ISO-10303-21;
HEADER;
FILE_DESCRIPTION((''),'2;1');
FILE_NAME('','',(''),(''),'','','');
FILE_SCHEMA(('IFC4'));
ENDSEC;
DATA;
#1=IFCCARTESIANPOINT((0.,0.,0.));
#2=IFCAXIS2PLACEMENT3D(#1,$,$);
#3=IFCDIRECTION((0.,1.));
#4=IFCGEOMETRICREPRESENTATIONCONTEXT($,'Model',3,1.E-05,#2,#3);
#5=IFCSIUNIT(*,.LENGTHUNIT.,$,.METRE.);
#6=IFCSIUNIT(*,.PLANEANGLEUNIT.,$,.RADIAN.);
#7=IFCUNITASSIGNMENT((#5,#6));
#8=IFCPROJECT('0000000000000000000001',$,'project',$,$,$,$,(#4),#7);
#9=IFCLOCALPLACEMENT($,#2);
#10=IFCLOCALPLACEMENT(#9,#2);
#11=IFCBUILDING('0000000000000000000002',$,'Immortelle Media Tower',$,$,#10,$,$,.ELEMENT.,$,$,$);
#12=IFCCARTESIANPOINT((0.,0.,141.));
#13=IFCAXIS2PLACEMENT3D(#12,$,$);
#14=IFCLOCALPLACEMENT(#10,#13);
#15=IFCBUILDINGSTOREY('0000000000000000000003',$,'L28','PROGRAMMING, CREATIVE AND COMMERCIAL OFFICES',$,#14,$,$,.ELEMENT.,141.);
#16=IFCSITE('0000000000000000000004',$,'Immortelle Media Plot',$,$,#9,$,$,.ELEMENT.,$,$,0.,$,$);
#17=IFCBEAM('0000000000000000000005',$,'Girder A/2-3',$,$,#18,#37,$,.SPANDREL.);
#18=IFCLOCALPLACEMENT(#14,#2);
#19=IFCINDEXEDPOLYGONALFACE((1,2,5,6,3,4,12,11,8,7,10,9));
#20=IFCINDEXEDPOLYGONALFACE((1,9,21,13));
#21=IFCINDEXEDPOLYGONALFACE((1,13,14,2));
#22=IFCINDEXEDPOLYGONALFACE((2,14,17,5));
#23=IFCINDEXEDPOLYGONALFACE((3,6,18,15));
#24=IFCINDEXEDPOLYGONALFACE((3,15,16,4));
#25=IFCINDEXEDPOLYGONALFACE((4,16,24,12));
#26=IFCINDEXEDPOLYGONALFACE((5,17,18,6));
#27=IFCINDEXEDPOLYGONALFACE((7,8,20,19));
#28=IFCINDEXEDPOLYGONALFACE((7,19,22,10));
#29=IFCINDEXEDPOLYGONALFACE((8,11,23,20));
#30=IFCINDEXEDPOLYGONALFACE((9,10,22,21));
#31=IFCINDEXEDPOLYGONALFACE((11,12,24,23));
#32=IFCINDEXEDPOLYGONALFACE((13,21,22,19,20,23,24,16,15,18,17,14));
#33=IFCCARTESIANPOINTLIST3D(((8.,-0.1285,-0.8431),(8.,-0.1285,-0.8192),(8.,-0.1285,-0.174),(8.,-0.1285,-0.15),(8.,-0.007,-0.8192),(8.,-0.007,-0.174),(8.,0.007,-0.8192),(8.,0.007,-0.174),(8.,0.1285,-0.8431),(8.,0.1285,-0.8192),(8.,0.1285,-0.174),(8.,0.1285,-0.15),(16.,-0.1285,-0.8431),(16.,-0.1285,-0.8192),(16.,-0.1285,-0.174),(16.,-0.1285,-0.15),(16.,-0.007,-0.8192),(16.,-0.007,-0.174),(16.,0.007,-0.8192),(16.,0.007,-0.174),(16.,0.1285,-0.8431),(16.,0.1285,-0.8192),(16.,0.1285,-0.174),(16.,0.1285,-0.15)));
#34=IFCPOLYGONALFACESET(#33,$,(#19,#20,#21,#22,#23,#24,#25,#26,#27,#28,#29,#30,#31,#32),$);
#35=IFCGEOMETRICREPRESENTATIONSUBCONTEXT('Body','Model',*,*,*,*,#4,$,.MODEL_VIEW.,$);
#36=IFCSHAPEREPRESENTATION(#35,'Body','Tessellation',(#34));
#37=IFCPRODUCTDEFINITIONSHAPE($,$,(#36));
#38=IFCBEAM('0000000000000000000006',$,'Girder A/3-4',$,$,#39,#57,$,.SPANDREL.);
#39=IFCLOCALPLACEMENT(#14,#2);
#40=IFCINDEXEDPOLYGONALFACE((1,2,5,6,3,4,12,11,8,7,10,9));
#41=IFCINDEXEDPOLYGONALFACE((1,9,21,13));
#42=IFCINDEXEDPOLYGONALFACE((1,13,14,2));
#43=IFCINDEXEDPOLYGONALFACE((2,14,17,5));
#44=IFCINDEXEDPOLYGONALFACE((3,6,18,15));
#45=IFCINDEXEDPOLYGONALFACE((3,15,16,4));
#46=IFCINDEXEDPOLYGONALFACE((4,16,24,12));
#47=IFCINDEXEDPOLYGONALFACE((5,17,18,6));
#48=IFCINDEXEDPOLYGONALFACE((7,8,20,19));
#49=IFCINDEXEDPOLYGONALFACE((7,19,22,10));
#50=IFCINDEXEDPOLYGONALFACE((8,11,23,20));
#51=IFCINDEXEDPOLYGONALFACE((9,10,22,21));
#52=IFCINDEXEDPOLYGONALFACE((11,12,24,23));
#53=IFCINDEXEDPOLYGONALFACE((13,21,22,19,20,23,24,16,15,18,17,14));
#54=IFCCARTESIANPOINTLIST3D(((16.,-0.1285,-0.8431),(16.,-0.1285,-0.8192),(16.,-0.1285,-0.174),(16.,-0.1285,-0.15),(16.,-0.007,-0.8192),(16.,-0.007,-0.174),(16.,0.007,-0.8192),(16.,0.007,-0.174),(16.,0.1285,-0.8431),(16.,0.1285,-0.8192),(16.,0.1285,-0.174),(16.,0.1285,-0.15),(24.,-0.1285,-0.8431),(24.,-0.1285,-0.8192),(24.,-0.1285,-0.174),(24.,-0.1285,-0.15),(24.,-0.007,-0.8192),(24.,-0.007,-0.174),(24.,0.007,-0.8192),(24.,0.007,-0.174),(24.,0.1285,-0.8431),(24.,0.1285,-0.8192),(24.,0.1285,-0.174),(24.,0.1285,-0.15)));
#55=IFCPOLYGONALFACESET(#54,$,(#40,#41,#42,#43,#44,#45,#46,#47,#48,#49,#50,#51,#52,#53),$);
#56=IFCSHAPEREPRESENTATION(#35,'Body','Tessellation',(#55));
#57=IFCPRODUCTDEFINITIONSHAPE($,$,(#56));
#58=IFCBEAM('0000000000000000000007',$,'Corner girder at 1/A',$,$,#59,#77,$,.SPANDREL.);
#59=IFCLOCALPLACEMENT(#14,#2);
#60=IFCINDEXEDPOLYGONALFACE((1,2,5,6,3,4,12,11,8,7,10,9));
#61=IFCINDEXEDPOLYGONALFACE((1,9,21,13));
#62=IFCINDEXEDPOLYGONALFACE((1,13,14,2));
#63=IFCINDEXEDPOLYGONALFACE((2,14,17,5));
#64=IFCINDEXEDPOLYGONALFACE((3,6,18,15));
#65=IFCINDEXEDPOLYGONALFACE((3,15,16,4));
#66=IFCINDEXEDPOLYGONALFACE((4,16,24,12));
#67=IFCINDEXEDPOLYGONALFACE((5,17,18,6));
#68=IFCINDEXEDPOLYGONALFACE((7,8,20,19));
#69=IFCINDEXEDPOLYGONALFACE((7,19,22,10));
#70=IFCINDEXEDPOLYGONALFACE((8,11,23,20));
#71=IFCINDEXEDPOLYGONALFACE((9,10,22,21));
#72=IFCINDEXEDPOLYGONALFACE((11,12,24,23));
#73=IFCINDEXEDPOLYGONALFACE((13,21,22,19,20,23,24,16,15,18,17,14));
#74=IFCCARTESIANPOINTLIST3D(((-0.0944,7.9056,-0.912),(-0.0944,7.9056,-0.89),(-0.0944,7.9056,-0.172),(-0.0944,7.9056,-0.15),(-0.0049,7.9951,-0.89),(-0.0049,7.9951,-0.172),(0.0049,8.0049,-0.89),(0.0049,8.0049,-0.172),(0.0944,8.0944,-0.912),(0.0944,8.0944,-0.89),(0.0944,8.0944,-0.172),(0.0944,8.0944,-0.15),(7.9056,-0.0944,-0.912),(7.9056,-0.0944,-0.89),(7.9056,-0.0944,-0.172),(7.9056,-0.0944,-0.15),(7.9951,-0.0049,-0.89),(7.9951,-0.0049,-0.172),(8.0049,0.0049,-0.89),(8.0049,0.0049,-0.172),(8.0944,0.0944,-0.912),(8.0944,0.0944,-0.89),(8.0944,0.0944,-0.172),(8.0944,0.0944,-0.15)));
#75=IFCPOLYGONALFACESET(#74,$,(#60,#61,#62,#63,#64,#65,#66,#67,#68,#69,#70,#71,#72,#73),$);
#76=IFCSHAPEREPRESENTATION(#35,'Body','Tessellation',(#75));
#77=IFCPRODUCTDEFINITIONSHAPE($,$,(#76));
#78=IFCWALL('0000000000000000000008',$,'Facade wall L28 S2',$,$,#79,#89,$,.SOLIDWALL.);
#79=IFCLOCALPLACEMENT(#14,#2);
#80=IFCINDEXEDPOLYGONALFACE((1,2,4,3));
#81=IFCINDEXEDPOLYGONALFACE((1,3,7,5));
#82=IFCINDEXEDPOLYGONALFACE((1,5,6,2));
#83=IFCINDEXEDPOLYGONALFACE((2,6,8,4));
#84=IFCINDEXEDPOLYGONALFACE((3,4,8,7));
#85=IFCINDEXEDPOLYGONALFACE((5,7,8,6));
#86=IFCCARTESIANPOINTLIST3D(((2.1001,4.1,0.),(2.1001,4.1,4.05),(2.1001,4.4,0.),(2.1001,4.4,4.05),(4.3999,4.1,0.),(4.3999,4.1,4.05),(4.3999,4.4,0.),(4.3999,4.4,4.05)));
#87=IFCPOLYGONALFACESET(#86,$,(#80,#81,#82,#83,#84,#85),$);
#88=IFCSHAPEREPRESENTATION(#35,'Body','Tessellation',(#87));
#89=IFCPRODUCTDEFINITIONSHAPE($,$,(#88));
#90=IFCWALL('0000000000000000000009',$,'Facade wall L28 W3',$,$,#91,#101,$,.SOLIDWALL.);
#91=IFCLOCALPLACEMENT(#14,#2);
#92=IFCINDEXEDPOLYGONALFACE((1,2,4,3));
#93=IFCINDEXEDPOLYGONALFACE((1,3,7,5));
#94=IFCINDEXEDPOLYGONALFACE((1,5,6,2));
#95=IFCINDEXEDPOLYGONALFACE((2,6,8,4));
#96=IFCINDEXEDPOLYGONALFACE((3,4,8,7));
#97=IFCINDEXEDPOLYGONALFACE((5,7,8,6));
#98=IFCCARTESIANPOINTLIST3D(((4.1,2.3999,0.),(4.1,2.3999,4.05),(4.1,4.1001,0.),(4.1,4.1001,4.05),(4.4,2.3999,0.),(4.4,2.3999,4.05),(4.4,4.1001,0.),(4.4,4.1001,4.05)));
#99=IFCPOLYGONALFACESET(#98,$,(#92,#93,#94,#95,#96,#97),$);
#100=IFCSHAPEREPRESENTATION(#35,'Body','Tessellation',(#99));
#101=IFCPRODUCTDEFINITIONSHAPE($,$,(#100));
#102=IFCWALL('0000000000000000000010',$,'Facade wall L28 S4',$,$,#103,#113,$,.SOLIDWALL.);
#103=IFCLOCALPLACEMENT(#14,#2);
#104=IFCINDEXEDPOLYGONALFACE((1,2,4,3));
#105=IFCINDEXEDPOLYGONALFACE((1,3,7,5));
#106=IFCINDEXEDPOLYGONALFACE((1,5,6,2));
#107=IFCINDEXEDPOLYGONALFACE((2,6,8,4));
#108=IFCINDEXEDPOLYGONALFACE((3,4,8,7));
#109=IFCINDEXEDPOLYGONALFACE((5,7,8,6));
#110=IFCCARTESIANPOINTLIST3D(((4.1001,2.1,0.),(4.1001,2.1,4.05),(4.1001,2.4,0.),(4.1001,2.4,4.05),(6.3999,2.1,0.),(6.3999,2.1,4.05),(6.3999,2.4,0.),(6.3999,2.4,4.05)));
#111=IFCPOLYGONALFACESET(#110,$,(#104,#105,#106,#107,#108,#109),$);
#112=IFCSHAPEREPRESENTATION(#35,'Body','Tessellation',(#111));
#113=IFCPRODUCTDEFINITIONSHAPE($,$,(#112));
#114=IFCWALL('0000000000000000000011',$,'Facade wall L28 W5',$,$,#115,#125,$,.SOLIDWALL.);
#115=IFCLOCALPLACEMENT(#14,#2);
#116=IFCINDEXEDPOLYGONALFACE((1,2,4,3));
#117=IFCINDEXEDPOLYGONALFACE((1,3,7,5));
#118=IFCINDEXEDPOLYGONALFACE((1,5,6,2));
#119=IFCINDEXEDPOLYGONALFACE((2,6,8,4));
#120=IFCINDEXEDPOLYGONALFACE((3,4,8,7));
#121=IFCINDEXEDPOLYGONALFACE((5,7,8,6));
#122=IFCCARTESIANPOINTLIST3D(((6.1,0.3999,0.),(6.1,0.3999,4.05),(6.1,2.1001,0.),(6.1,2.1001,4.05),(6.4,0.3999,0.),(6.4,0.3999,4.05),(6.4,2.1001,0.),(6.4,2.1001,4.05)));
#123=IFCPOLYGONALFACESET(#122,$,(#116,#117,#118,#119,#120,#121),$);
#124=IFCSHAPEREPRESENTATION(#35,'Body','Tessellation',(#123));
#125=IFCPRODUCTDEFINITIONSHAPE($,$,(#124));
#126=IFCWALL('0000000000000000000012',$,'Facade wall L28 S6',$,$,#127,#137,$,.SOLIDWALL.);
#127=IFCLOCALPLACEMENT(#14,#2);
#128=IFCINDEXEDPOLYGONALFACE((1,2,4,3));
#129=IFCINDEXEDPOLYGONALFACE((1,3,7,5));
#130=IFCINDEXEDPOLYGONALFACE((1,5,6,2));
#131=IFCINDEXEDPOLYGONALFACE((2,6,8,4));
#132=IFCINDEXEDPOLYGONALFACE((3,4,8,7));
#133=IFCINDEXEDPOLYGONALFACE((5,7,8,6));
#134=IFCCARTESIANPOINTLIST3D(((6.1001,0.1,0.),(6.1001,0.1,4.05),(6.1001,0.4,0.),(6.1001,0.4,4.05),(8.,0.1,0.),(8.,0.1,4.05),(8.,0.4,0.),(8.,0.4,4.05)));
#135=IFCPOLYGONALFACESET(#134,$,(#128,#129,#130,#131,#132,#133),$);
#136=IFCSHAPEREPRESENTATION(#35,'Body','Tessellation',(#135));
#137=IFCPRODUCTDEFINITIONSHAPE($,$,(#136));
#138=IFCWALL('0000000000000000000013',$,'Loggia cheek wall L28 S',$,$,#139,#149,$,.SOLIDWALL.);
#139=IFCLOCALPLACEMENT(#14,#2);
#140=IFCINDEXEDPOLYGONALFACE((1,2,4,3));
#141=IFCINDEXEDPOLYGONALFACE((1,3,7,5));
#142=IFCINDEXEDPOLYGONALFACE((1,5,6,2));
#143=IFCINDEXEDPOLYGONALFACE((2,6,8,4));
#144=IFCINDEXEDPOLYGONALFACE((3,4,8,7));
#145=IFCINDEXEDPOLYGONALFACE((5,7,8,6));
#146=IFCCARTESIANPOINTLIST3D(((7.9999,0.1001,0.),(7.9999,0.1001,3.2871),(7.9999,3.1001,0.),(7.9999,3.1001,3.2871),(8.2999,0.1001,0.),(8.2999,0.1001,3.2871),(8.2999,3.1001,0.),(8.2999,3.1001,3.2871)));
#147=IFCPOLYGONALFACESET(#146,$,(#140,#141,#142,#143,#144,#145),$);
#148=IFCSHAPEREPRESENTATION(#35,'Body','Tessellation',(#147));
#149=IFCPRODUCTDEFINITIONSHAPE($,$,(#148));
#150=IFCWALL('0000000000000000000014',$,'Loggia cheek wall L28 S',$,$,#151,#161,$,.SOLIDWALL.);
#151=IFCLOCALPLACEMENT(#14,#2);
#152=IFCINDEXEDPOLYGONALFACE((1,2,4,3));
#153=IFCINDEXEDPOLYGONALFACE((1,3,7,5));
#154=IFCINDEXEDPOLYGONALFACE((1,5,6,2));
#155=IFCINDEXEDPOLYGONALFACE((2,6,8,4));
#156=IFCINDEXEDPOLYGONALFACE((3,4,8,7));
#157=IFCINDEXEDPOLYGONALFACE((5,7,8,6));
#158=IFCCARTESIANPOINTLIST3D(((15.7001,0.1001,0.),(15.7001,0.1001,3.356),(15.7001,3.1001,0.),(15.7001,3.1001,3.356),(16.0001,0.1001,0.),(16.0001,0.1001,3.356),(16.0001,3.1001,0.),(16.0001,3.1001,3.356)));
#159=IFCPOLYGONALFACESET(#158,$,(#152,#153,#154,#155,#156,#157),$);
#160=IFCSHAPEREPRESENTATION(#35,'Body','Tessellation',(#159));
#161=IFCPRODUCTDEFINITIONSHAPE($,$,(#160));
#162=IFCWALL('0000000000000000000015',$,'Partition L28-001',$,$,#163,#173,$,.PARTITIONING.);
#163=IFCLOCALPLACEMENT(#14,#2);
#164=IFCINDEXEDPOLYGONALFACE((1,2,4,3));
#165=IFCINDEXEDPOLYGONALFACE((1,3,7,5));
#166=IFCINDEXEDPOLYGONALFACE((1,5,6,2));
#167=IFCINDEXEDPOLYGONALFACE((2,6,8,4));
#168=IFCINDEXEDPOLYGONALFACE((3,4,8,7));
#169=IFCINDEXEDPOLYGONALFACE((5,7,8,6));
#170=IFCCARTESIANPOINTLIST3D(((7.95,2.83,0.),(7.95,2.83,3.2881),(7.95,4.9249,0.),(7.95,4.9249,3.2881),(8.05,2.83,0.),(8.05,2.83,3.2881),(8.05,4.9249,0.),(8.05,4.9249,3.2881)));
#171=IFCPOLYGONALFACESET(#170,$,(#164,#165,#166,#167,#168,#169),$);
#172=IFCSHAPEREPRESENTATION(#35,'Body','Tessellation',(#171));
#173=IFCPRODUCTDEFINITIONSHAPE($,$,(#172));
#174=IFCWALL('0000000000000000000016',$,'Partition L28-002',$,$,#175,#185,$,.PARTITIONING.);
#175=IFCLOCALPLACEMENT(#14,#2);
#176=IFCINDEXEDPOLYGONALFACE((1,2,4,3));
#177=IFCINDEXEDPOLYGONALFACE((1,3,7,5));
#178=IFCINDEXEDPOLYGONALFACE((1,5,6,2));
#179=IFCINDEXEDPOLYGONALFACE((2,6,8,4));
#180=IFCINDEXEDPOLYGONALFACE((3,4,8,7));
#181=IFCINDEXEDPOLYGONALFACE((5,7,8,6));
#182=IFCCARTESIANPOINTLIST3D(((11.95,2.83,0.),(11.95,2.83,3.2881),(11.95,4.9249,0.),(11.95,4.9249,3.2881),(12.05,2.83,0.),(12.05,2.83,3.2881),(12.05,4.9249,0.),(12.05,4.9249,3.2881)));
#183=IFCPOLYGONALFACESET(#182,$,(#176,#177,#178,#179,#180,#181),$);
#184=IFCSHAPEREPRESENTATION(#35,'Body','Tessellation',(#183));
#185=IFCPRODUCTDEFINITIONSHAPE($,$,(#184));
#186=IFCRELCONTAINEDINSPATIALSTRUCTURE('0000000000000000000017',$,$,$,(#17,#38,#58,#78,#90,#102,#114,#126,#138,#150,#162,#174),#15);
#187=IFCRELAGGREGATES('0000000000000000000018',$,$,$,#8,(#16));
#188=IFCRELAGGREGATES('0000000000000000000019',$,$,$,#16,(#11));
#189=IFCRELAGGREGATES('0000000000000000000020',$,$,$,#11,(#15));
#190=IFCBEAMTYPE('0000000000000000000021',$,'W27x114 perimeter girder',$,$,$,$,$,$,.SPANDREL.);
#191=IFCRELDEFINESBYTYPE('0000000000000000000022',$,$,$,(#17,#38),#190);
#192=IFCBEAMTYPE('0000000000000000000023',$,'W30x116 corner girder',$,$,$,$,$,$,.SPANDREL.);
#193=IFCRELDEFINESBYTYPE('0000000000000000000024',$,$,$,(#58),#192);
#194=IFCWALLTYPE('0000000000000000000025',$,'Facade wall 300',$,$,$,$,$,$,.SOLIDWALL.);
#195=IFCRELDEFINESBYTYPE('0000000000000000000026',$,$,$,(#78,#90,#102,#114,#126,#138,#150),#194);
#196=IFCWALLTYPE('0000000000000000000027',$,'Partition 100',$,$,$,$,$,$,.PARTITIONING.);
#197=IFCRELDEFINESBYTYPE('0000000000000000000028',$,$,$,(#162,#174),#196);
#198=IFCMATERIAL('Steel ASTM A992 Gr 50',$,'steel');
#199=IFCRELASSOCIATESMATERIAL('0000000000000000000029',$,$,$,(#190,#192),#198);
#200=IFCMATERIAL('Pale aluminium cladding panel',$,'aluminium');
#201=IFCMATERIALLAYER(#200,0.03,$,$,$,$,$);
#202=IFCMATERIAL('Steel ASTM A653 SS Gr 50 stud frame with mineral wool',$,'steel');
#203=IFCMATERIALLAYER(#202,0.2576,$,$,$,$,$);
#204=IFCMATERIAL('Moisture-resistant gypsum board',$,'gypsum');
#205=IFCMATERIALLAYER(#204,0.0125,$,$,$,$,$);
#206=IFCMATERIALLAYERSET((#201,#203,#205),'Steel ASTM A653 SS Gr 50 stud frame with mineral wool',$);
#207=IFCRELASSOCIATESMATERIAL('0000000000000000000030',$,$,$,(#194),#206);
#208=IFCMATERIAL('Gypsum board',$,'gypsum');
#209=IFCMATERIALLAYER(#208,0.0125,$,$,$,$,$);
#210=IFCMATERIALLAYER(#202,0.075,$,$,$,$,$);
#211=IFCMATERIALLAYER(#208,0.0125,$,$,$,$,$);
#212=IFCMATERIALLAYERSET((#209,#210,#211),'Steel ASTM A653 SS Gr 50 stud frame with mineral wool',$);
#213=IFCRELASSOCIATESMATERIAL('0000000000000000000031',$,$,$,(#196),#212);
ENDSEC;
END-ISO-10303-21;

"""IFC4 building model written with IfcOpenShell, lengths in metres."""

from ifc_helpers import new_model, si_unit, direction, frame, frame_2d, origin, origin_2d, place, context, subcontext, project, spatial, rectangle, i_section, extrude, material, layer, layer_set, material_profile, profile_set, type_object, element, save


model = new_model("IFC4")

# Units and contexts
model_context = context("Model", 3, precision=1e-05, world=origin(), true_north=direction((0.0, 1.0)))
body_context = subcontext(model_context, "Body", "Model", "MODEL_VIEW")
ifc_project = project(units=[si_unit("LENGTHUNIT", "METRE"), si_unit("PLANEANGLEUNIT", "RADIAN")], contexts=[model_context])

# Site, building, storey
site_placement = place(None, origin())
site = spatial("IfcSite", under=ifc_project, at=site_placement, Name="Immortelle Media Plot", CompositionType="ELEMENT", RefElevation=0.0)
building_placement = place(site_placement, origin())
building = spatial("IfcBuilding", under=site, at=building_placement, Name="Immortelle Media Tower", CompositionType="ELEMENT")
storey_placement = place(building_placement, frame((0.0, 0.0, 141.0)))
storey = spatial("IfcBuildingStorey", under=building, at=storey_placement, Name="L28", Description="PROGRAMMING, CREATIVE AND COMMERCIAL OFFICES", CompositionType="ELEMENT", Elevation=141.0)

# Shared definitions
ifc_material_1 = material(Name="Steel ASTM A992 Gr 50", Category="steel")

# Beams
ifc_material_profile_1 = material_profile(ifc_material_1, i_section(OverallWidth=0.2571, OverallDepth=0.6931, WebThickness=0.0139, FlangeThickness=0.0239, at=origin_2d()), Name="W27x114")
ifc_profile_set_1 = profile_set([ifc_material_profile_1], Name="Steel ASTM A992 Gr 50")
beam_type_1 = type_object("IfcBeamType", Name="W27x114 perimeter girder", PredefinedType="SPANDREL", material=ifc_profile_set_1)
for number, where, z_axis, x_axis, name in (
    (1, (8.0, 0.0, -0.4966), (1.0, 0.0, 0.0), (0.0, 1.0, 0.0), "Girder A/2-3"),
    (2, (16.0, 0.0, -0.4966), (1.0, 0.0, 0.0), (0.0, 1.0, 0.0), "Girder A/3-4"),
):
    element("IfcBeam", number, at=place(storey_placement, frame(where, z_axis=z_axis, x_axis=x_axis)), inside=storey, type_object=beam_type_1, Name=name, PredefinedType="SPANDREL", context=body_context, shape_type="SweptSolid", body=[
        extrude(i_section(OverallWidth=0.2571, OverallDepth=0.6931, WebThickness=0.0139, FlangeThickness=0.0239, at=origin_2d()), origin(), (0.0, 0.0, 1.0), 8.0),
    ])
ifc_material_profile_2 = material_profile(ifc_material_1, i_section(OverallWidth=0.2671, OverallDepth=0.762, WebThickness=0.0139, FlangeThickness=0.022, at=origin_2d()), Name="W30x116")
ifc_profile_set_2 = profile_set([ifc_material_profile_2], Name="Steel ASTM A992 Gr 50")
beam_type_2 = type_object("IfcBeamType", Name="W30x116 corner girder", PredefinedType="SPANDREL", material=ifc_profile_set_2)
beam_1_placement = place(storey_placement, frame((8.0, 0.0, -0.531), z_axis=(-0.707107, 0.707107, 0.0), x_axis=(-0.707107, -0.707107, 0.0)))
element("IfcBeam", 3, at=beam_1_placement, inside=storey, type_object=beam_type_2, Name="Corner girder at 1/A", PredefinedType="SPANDREL", context=body_context, shape_type="SweptSolid", body=[
    extrude(i_section(OverallWidth=0.2671, OverallDepth=0.762, WebThickness=0.0139, FlangeThickness=0.022, at=origin_2d()), origin(), (0.0, 0.0, 1.0), 11.3137),
])

# Walls
ifc_material_2 = material(Name="Pale aluminium cladding panel", Category="aluminium")
ifc_layer_1 = layer(ifc_material_2, 0.03)
ifc_material_3 = material(Name="Steel ASTM A653 SS Gr 50 stud frame with mineral wool", Category="steel")
ifc_layer_2 = layer(ifc_material_3, 0.2576)
ifc_material_4 = material(Name="Moisture-resistant gypsum board", Category="gypsum")
ifc_layer_3 = layer(ifc_material_4, 0.0125)
ifc_layer_set_1 = layer_set([ifc_layer_1, ifc_layer_2, ifc_layer_3], Name="Steel ASTM A653 SS Gr 50 stud frame with mineral wool")
wall_type_1 = type_object("IfcWallType", Name="Facade wall 300", PredefinedType="SOLIDWALL", material=ifc_layer_set_1)
wall_1_placement = place(storey_placement, frame((2.1001, 4.25, 0.0), z_axis=(0.0, 0.0, 1.0), x_axis=(1.0, 0.0, 0.0)))
element("IfcWall", 4, at=wall_1_placement, inside=storey, type_object=wall_type_1, Name="Facade wall L28 S2", PredefinedType="SOLIDWALL", context=body_context, shape_type="SweptSolid", body=[
    extrude(rectangle(XDim=2.2998, YDim=0.3, at=frame_2d((1.1499, 0.0))), origin(), (0.0, 0.0, 1.0), 4.05),
])
wall_2_placement = place(storey_placement, frame((4.25, 4.1001, 0.0), z_axis=(0.0, 0.0, 1.0), x_axis=(0.0, -1.0, 0.0)))
element("IfcWall", 5, at=wall_2_placement, inside=storey, type_object=wall_type_1, Name="Facade wall L28 W3", PredefinedType="SOLIDWALL", context=body_context, shape_type="SweptSolid", body=[
    extrude(rectangle(XDim=1.7002, YDim=0.3, at=frame_2d((0.8501, 0.0))), origin(), (0.0, 0.0, 1.0), 4.05),
])
wall_3_placement = place(storey_placement, frame((4.1001, 2.25, 0.0), z_axis=(0.0, 0.0, 1.0), x_axis=(1.0, 0.0, 0.0)))
element("IfcWall", 6, at=wall_3_placement, inside=storey, type_object=wall_type_1, Name="Facade wall L28 S4", PredefinedType="SOLIDWALL", context=body_context, shape_type="SweptSolid", body=[
    extrude(rectangle(XDim=2.2998, YDim=0.3, at=frame_2d((1.1499, 0.0))), origin(), (0.0, 0.0, 1.0), 4.05),
])
wall_4_placement = place(storey_placement, frame((6.25, 2.1001, 0.0), z_axis=(0.0, 0.0, 1.0), x_axis=(0.0, -1.0, 0.0)))
element("IfcWall", 7, at=wall_4_placement, inside=storey, type_object=wall_type_1, Name="Facade wall L28 W5", PredefinedType="SOLIDWALL", context=body_context, shape_type="SweptSolid", body=[
    extrude(rectangle(XDim=1.7002, YDim=0.3, at=frame_2d((0.8501, 0.0))), origin(), (0.0, 0.0, 1.0), 4.05),
])
wall_5_placement = place(storey_placement, frame((6.1001, 0.25, 0.0), z_axis=(0.0, 0.0, 1.0), x_axis=(1.0, 0.0, 0.0)))
element("IfcWall", 8, at=wall_5_placement, inside=storey, type_object=wall_type_1, Name="Facade wall L28 S6", PredefinedType="SOLIDWALL", context=body_context, shape_type="SweptSolid", body=[
    extrude(rectangle(XDim=1.8999, YDim=0.3, at=frame_2d((0.95, 0.0))), origin(), (0.0, 0.0, 1.0), 4.05),
])

# Walls
wall_6_placement = place(storey_placement, frame((8.1499, 0.1001, 0.0), z_axis=(0.0, 0.0, 1.0), x_axis=(0.0, 1.0, 0.0)))
element("IfcWall", 9, at=wall_6_placement, inside=storey, type_object=wall_type_1, Name="Loggia cheek wall L28 S", PredefinedType="SOLIDWALL", context=body_context, shape_type="SweptSolid", body=[
    extrude(rectangle(XDim=3.0, YDim=0.3, at=frame_2d((1.5, 0.0))), origin(), (0.0, 0.0, 1.0), 3.2871),
])
wall_7_placement = place(storey_placement, frame((15.8501, 0.1001, 0.0), z_axis=(0.0, 0.0, 1.0), x_axis=(0.0, 1.0, 0.0)))
element("IfcWall", 10, at=wall_7_placement, inside=storey, type_object=wall_type_1, Name="Loggia cheek wall L28 S", PredefinedType="SOLIDWALL", context=body_context, shape_type="SweptSolid", body=[
    extrude(rectangle(XDim=3.0, YDim=0.3, at=frame_2d((1.5, 0.0))), origin(), (0.0, 0.0, 1.0), 3.356),
])
ifc_material_5 = material(Name="Gypsum board", Category="gypsum")
ifc_layer_4 = layer(ifc_material_5, 0.0125)
ifc_layer_5 = layer(ifc_material_3, 0.075)
ifc_layer_6 = layer(ifc_material_5, 0.0125)
ifc_layer_set_2 = layer_set([ifc_layer_4, ifc_layer_5, ifc_layer_6], Name="Steel ASTM A653 SS Gr 50 stud frame with mineral wool")
wall_type_2 = type_object("IfcWallType", Name="Partition 100", PredefinedType="PARTITIONING", material=ifc_layer_set_2)
for number, where, z_axis, x_axis, name in (
    (11, (8.0, 2.8301, 0.0), (0.0, 0.0, 1.0), (0.0, 1.0, 0.0), "Partition L28-001"),
    (12, (12.0, 2.8301, 0.0), (0.0, 0.0, 1.0), (0.0, 1.0, 0.0), "Partition L28-002"),
):
    element("IfcWall", number, at=place(storey_placement, frame(where, z_axis=z_axis, x_axis=x_axis)), inside=storey, type_object=wall_type_2, Name=name, PredefinedType="PARTITIONING", context=body_context, shape_type="SweptSolid", body=[
        extrude(rectangle(XDim=2.095, YDim=0.1001, at=frame_2d((1.0474, 0.0))), origin(), (0.0, 0.0, 1.0), 3.2881),
    ])

save(model, "model.ifc")
